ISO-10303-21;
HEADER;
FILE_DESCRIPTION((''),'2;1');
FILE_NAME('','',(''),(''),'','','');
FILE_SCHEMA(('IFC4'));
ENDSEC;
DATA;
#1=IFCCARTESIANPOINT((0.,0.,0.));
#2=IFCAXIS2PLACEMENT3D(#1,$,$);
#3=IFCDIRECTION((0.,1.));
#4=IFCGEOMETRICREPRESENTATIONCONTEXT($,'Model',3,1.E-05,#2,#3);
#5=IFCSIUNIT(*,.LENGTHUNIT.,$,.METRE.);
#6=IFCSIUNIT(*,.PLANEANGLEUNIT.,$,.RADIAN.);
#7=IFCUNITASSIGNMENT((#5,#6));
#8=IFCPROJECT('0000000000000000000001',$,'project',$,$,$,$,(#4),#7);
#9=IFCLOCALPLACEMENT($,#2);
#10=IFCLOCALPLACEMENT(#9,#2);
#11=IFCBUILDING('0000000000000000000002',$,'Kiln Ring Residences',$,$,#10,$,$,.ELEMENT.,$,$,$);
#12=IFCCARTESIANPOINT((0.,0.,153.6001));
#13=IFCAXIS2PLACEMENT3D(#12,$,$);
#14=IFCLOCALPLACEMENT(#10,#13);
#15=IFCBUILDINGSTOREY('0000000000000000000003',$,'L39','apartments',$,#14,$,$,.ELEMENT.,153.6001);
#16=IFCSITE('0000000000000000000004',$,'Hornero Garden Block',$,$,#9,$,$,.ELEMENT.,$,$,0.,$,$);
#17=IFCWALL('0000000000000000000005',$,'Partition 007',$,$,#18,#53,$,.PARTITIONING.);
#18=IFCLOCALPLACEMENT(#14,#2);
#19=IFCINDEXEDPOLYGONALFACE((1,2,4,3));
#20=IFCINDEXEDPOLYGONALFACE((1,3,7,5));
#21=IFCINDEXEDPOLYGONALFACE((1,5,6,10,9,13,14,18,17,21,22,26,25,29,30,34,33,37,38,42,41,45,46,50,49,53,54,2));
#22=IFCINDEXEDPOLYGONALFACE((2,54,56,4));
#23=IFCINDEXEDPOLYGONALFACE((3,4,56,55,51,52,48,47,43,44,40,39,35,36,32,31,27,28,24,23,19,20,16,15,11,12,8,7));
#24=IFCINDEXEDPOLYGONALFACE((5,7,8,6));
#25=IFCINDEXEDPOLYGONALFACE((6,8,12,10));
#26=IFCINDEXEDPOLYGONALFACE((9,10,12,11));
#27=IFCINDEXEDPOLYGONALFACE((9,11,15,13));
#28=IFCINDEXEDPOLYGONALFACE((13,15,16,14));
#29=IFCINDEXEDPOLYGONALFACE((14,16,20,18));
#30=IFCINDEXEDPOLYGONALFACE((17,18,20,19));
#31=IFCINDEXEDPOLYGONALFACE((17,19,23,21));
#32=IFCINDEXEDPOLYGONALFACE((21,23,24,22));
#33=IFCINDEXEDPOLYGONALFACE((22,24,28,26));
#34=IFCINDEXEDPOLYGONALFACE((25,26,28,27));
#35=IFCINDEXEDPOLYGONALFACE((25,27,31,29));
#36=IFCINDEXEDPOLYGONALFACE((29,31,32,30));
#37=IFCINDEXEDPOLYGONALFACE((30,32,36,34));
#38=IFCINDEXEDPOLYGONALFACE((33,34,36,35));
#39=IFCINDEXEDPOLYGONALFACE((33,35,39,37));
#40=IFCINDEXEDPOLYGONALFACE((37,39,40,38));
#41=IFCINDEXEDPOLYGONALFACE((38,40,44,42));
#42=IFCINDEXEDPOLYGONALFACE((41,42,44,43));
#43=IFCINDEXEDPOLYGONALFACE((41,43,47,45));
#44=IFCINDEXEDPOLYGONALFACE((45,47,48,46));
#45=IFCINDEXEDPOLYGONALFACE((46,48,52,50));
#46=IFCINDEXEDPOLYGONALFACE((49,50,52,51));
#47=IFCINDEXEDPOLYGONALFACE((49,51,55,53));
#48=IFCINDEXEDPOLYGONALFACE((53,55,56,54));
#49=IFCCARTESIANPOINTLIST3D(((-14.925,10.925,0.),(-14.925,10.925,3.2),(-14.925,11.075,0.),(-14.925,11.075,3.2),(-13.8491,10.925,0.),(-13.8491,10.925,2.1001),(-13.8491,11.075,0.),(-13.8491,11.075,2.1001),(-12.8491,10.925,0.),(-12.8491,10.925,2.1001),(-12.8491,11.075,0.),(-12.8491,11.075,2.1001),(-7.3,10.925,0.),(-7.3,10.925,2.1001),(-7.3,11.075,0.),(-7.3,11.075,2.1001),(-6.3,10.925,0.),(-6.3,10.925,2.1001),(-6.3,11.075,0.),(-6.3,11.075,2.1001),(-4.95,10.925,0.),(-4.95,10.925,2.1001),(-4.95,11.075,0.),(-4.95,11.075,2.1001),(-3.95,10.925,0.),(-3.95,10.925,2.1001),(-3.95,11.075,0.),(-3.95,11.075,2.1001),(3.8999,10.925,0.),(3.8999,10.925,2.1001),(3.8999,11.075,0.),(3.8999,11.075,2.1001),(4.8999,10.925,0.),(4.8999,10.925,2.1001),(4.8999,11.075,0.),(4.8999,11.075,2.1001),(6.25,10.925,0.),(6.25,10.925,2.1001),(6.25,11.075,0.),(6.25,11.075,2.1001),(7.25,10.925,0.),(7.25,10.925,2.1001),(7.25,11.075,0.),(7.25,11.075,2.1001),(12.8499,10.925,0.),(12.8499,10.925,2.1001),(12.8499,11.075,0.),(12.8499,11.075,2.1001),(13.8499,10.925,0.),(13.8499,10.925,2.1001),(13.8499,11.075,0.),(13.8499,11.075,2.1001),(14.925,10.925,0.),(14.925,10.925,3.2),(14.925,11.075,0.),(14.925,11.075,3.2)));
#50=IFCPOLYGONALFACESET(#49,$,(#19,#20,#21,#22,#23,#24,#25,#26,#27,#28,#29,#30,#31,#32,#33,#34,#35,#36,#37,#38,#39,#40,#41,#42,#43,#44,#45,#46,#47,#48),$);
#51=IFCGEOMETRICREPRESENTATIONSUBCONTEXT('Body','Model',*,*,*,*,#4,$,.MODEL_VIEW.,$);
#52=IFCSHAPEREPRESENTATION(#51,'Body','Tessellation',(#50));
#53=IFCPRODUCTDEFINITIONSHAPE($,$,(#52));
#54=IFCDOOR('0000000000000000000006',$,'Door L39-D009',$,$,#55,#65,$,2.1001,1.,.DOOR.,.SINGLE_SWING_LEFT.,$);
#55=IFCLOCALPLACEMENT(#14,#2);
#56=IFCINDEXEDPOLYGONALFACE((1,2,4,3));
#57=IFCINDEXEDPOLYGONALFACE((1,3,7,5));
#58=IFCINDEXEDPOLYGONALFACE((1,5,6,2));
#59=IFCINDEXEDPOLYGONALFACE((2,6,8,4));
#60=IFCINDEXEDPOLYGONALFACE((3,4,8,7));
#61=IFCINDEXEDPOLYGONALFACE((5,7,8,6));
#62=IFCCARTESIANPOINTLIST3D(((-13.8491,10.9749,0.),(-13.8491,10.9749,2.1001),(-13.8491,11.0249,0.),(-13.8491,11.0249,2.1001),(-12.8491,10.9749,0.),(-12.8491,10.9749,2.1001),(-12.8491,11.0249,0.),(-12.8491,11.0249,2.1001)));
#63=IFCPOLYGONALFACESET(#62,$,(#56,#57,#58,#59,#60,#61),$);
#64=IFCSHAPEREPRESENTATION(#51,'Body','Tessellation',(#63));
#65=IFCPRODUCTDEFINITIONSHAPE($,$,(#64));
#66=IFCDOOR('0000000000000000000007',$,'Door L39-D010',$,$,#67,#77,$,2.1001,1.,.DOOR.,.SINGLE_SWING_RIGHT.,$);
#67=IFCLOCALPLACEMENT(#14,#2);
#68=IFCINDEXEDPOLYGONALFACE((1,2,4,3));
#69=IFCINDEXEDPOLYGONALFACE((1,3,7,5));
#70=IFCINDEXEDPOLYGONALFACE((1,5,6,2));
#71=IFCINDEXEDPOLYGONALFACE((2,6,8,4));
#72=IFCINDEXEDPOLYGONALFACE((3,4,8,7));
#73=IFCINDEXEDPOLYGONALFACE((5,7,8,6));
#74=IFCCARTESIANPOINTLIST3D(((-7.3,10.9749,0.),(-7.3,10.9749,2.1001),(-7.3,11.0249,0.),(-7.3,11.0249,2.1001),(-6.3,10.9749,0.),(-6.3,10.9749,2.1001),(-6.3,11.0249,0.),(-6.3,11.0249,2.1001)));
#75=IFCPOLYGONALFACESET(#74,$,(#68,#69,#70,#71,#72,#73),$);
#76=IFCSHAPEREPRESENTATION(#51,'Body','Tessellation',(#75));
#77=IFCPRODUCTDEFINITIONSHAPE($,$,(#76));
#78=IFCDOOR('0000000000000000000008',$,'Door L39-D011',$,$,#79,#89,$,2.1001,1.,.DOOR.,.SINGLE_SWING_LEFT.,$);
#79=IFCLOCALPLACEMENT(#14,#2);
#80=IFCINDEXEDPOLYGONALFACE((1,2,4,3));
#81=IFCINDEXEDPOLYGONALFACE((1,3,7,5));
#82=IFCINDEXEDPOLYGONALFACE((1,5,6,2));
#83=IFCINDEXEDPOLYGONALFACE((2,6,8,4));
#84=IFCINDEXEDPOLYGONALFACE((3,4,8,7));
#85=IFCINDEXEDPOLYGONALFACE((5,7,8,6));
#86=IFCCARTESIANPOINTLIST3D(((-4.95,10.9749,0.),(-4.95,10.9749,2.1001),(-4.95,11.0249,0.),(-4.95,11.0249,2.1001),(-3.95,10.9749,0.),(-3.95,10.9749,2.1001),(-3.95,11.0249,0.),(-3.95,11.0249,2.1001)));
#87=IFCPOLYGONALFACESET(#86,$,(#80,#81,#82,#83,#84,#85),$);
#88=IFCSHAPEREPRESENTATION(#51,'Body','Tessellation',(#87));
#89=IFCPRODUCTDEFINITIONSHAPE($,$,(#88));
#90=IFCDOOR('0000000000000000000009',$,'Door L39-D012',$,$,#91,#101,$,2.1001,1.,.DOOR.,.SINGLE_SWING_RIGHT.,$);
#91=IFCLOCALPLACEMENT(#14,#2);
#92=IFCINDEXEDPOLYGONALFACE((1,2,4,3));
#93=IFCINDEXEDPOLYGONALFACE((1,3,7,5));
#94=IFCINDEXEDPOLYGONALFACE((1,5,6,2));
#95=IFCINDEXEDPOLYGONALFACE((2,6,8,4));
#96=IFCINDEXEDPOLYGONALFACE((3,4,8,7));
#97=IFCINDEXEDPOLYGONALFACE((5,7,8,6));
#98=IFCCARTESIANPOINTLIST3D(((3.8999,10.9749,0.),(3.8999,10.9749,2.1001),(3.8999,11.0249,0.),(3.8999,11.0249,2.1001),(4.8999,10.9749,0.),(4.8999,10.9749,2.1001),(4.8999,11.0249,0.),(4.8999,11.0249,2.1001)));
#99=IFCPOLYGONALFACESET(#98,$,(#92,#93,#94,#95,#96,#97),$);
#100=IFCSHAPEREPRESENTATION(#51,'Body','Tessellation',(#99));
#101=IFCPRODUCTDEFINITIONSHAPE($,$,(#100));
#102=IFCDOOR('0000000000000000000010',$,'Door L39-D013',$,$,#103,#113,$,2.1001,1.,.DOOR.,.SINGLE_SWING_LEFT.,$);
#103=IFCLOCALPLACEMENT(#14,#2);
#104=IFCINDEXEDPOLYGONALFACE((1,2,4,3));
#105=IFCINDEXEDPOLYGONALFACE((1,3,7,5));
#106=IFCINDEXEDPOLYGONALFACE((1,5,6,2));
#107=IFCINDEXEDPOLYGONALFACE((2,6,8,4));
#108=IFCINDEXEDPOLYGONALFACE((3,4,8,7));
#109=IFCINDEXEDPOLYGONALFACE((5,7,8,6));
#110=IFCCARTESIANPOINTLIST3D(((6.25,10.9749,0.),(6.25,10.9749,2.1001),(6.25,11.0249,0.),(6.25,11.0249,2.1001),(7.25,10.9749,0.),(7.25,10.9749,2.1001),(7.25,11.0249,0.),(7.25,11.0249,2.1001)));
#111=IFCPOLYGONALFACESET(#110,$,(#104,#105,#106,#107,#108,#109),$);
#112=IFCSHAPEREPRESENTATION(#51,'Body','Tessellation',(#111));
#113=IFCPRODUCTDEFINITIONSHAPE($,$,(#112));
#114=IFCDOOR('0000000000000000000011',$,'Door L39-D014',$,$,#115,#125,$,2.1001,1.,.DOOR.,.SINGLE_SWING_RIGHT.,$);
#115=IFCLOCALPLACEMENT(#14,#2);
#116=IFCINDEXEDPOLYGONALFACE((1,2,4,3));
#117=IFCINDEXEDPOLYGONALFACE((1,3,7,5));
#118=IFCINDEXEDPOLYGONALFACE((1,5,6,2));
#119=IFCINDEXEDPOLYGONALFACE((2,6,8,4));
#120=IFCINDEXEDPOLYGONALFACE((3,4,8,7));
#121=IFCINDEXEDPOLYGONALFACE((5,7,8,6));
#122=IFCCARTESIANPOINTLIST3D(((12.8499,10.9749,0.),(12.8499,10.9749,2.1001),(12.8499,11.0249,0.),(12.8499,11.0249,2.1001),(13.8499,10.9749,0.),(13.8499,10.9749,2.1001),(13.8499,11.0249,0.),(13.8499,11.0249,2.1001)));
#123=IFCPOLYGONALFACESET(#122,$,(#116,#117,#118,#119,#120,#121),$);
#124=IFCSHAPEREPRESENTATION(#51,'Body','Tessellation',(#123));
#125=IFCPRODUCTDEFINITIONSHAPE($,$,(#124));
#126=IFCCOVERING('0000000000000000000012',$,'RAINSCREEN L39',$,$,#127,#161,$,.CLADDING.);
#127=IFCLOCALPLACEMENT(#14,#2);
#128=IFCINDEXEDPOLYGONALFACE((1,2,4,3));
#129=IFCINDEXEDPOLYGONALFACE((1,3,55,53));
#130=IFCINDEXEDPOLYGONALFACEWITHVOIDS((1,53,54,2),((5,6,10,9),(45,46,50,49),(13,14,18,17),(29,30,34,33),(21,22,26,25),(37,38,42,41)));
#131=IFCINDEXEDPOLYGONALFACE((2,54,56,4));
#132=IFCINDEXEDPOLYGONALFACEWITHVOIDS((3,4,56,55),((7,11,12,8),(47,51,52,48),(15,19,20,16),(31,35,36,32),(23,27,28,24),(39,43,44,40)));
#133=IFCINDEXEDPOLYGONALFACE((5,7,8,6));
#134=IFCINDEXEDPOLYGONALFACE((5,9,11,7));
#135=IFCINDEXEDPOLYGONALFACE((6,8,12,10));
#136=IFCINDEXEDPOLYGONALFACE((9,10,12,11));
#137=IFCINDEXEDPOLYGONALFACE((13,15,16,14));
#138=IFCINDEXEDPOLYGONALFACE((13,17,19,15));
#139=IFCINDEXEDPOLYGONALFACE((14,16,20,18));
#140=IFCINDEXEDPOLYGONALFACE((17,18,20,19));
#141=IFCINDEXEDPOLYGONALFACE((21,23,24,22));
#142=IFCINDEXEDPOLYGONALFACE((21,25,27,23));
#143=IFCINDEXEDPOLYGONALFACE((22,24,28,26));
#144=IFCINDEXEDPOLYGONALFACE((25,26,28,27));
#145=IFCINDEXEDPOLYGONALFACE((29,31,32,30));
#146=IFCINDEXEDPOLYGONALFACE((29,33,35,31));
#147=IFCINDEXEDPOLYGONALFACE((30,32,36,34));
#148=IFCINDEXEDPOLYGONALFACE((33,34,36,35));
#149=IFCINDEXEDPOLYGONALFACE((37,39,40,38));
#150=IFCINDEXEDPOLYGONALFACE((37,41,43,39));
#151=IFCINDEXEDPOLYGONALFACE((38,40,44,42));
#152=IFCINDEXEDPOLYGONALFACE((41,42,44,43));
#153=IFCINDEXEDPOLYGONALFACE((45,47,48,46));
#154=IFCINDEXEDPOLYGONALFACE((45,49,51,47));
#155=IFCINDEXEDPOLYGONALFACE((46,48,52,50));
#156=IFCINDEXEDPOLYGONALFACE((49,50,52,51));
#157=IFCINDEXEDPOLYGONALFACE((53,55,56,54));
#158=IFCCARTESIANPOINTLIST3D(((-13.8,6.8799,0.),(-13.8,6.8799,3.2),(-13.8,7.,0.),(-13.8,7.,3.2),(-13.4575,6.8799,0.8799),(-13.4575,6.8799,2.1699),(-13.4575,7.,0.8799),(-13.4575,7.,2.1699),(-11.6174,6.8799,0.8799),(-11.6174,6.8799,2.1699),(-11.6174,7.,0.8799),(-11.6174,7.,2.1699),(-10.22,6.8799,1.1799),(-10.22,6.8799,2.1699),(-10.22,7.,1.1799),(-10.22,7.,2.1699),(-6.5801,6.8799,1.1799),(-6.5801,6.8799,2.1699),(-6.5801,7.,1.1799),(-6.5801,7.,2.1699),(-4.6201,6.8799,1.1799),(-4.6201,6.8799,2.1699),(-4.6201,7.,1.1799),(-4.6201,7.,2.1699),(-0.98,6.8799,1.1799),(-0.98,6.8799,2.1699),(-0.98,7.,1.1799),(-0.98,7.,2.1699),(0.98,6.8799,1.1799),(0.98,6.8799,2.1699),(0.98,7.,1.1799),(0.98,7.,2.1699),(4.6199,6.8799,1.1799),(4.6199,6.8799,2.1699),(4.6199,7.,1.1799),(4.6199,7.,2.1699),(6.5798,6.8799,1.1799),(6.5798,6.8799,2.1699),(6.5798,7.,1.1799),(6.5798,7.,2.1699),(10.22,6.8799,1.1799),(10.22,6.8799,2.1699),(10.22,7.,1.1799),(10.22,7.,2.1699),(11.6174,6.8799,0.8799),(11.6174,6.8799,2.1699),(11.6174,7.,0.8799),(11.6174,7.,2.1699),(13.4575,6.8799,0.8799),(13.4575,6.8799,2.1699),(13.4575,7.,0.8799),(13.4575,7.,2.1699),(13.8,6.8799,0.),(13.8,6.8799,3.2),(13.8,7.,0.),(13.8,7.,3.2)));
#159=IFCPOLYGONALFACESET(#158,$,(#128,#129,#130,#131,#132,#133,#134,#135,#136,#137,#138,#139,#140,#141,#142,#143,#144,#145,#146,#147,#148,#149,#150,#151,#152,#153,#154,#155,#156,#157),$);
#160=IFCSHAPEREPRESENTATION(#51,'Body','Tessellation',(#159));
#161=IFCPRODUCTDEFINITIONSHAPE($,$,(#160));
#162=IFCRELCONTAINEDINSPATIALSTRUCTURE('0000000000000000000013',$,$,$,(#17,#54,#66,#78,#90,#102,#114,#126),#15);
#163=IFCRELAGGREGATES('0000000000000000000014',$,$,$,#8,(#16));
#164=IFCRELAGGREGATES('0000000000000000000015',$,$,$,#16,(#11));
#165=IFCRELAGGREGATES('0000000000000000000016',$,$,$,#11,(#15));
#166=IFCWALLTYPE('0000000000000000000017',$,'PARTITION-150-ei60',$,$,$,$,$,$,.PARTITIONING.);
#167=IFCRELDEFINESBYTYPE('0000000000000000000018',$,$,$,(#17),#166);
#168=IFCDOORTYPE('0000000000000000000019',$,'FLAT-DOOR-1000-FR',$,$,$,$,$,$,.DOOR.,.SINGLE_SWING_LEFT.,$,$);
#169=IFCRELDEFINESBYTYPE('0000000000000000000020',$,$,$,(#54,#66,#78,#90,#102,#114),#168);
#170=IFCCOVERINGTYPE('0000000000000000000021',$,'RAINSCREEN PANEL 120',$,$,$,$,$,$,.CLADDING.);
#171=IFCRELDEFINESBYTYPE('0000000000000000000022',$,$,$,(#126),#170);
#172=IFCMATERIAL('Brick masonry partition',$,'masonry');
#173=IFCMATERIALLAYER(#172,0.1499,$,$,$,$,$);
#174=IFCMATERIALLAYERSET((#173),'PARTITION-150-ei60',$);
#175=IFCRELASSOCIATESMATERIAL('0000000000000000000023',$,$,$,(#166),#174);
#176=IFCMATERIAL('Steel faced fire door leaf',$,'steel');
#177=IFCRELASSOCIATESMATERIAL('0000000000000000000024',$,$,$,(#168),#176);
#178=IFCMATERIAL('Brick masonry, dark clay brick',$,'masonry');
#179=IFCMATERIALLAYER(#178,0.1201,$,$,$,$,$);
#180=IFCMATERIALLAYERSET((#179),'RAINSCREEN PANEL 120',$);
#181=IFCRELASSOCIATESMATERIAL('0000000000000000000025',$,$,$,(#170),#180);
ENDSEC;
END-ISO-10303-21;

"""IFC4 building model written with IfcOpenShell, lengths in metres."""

from ifc_helpers import new_model, si_unit, direction, frame, frame_2d, origin, place, context, subcontext, project, spatial, polyline, rectangle, outline, extrude, material, layer, layer_set, type_object, element, fill, save


model = new_model("IFC4")

# Units and contexts
model_context = context("Model", 3, precision=1e-05, world=origin(), true_north=direction((0.0, 1.0)))
body_context = subcontext(model_context, "Body", "Model", "MODEL_VIEW")
ifc_project = project(units=[si_unit("LENGTHUNIT", "METRE"), si_unit("PLANEANGLEUNIT", "RADIAN")], contexts=[model_context])

# Site, building, storey
site_placement = place(None, origin())
site = spatial("IfcSite", under=ifc_project, at=site_placement, Name="Hornero Garden Block", CompositionType="ELEMENT", RefElevation=0.0)
building_placement = place(site_placement, origin())
building = spatial("IfcBuilding", under=site, at=building_placement, Name="Kiln Ring Residences", CompositionType="ELEMENT")
storey_placement = place(building_placement, frame((0.0, 0.0, 153.6001)))
storey = spatial("IfcBuildingStorey", under=building, at=storey_placement, Name="L39", Description="apartments", CompositionType="ELEMENT", Elevation=153.6001)

# Wall, openings, doors
ifc_material_1 = material(Name="Brick masonry partition", Category="masonry")
ifc_layer_1 = layer(ifc_material_1, 0.1499)
ifc_layer_set_1 = layer_set([ifc_layer_1], Name="PARTITION-150-ei60")
wall_type_1 = type_object("IfcWallType", Name="PARTITION-150-ei60", PredefinedType="PARTITIONING", material=ifc_layer_set_1)
wall_1_placement = place(storey_placement, frame((-14.925, 11.0, 0.0), z_axis=(0.0, 0.0, 1.0), x_axis=(1.0, 0.0, 0.0)))
wall_1 = element("IfcWall", 1, at=wall_1_placement, inside=storey, type_object=wall_type_1, Name="Partition 007", PredefinedType="PARTITIONING", context=body_context, shape_type="SweptSolid", body=[
    extrude(rectangle(XDim=29.8501, YDim=0.1499, at=frame_2d((14.925, 0.0))), origin(), (0.0, 0.0, 1.0), 3.2),
])
opening_1_placement = place(wall_1_placement, frame((1.0759, 0.0, 0.0)))
opening_1 = element("IfcOpeningElement", 2, at=opening_1_placement, cuts=wall_1, PredefinedType="OPENING", context=body_context, shape_type="SweptSolid", body=[
    extrude(rectangle(XDim=1.0, YDim=2.1001, at=frame_2d((0.5, 1.05))), frame((0.0, 0.085, 0.0), z_axis=(0.0, -1.0, 0.0), x_axis=(1.0, 0.0, 0.0)), (0.0, 0.0, 1.0), 0.1699),
])
opening_2_placement = place(wall_1_placement, frame((7.625, 0.0, 0.0)))
opening_2 = element("IfcOpeningElement", 3, at=opening_2_placement, cuts=wall_1, PredefinedType="OPENING", context=body_context, shape_type="SweptSolid", body=[
    extrude(rectangle(XDim=1.0, YDim=2.1001, at=frame_2d((0.5, 1.05))), frame((0.0, 0.085, 0.0), z_axis=(0.0, -1.0, 0.0), x_axis=(1.0, 0.0, 0.0)), (0.0, 0.0, 1.0), 0.1699),
])
opening_3_placement = place(wall_1_placement, frame((9.9751, 0.0, 0.0)))
opening_3 = element("IfcOpeningElement", 4, at=opening_3_placement, cuts=wall_1, PredefinedType="OPENING", context=body_context, shape_type="SweptSolid", body=[
    extrude(rectangle(XDim=1.0, YDim=2.1001, at=frame_2d((0.5, 1.05))), frame((0.0, 0.085, 0.0), z_axis=(0.0, -1.0, 0.0), x_axis=(1.0, 0.0, 0.0)), (0.0, 0.0, 1.0), 0.1699),
])
opening_4_placement = place(wall_1_placement, frame((18.825, 0.0, 0.0)))
opening_4 = element("IfcOpeningElement", 5, at=opening_4_placement, cuts=wall_1, PredefinedType="OPENING", context=body_context, shape_type="SweptSolid", body=[
    extrude(rectangle(XDim=1.0, YDim=2.1001, at=frame_2d((0.5, 1.05))), frame((0.0, 0.085, 0.0), z_axis=(0.0, -1.0, 0.0), x_axis=(1.0, 0.0, 0.0)), (0.0, 0.0, 1.0), 0.1699),
])
opening_5_placement = place(wall_1_placement, frame((21.175, 0.0, 0.0)))
opening_5 = element("IfcOpeningElement", 6, at=opening_5_placement, cuts=wall_1, PredefinedType="OPENING", context=body_context, shape_type="SweptSolid", body=[
    extrude(rectangle(XDim=1.0, YDim=2.1001, at=frame_2d((0.5, 1.05))), frame((0.0, 0.085, 0.0), z_axis=(0.0, -1.0, 0.0), x_axis=(1.0, 0.0, 0.0)), (0.0, 0.0, 1.0), 0.1699),
])
opening_6_placement = place(wall_1_placement, frame((27.7749, 0.0, 0.0)))
opening_6 = element("IfcOpeningElement", 7, at=opening_6_placement, cuts=wall_1, PredefinedType="OPENING", context=body_context, shape_type="SweptSolid", body=[
    extrude(rectangle(XDim=1.0, YDim=2.1001, at=frame_2d((0.5, 1.05))), frame((0.0, 0.085, 0.0), z_axis=(0.0, -1.0, 0.0), x_axis=(1.0, 0.0, 0.0)), (0.0, 0.0, 1.0), 0.1699),
])
ifc_material_2 = material(Name="Steel faced fire door leaf", Category="steel")
door_type = type_object("IfcDoorType", Name="FLAT-DOOR-1000-FR", OperationType="SINGLE_SWING_LEFT", PredefinedType="DOOR", material=ifc_material_2)
door_1_placement = place(opening_1_placement, origin())
door_1 = element("IfcDoor", 8, at=door_1_placement, inside=storey, type_object=door_type, Name="Door L39-D009", OperationType="SINGLE_SWING_LEFT", OverallHeight=2.1001, OverallWidth=1.0, PredefinedType="DOOR", context=body_context, shape_type="SweptSolid", body=[
    extrude(rectangle(XDim=1.0, YDim=2.1001, at=frame_2d((0.5, 1.05))), frame((0.0, 0.0249, 0.0), z_axis=(0.0, -1.0, 0.0), x_axis=(1.0, 0.0, 0.0)), (0.0, 0.0, 1.0), 0.05),
])
fill(opening_1, door_1)
door_2_placement = place(opening_2_placement, origin())
door_2 = element("IfcDoor", 9, at=door_2_placement, inside=storey, type_object=door_type, Name="Door L39-D010", OperationType="SINGLE_SWING_RIGHT", OverallHeight=2.1001, OverallWidth=1.0, PredefinedType="DOOR", context=body_context, shape_type="SweptSolid", body=[
    extrude(rectangle(XDim=1.0, YDim=2.1001, at=frame_2d((0.5, 1.05))), frame((0.0, 0.0249, 0.0), z_axis=(0.0, -1.0, 0.0), x_axis=(1.0, 0.0, 0.0)), (0.0, 0.0, 1.0), 0.05),
])
fill(opening_2, door_2)
door_3_placement = place(opening_3_placement, origin())
door_3 = element("IfcDoor", 10, at=door_3_placement, inside=storey, type_object=door_type, Name="Door L39-D011", OperationType="SINGLE_SWING_LEFT", OverallHeight=2.1001, OverallWidth=1.0, PredefinedType="DOOR", context=body_context, shape_type="SweptSolid", body=[
    extrude(rectangle(XDim=1.0, YDim=2.1001, at=frame_2d((0.5, 1.05))), frame((0.0, 0.0249, 0.0), z_axis=(0.0, -1.0, 0.0), x_axis=(1.0, 0.0, 0.0)), (0.0, 0.0, 1.0), 0.05),
])
fill(opening_3, door_3)
door_4_placement = place(opening_4_placement, origin())
door_4 = element("IfcDoor", 11, at=door_4_placement, inside=storey, type_object=door_type, Name="Door L39-D012", OperationType="SINGLE_SWING_RIGHT", OverallHeight=2.1001, OverallWidth=1.0, PredefinedType="DOOR", context=body_context, shape_type="SweptSolid", body=[
    extrude(rectangle(XDim=1.0, YDim=2.1001, at=frame_2d((0.5, 1.05))), frame((0.0, 0.0249, 0.0), z_axis=(0.0, -1.0, 0.0), x_axis=(1.0, 0.0, 0.0)), (0.0, 0.0, 1.0), 0.05),
])
fill(opening_4, door_4)
door_5_placement = place(opening_5_placement, origin())
door_5 = element("IfcDoor", 12, at=door_5_placement, inside=storey, type_object=door_type, Name="Door L39-D013", OperationType="SINGLE_SWING_LEFT", OverallHeight=2.1001, OverallWidth=1.0, PredefinedType="DOOR", context=body_context, shape_type="SweptSolid", body=[
    extrude(rectangle(XDim=1.0, YDim=2.1001, at=frame_2d((0.5, 1.05))), frame((0.0, 0.0249, 0.0), z_axis=(0.0, -1.0, 0.0), x_axis=(1.0, 0.0, 0.0)), (0.0, 0.0, 1.0), 0.05),
])
fill(opening_5, door_5)
door_6_placement = place(opening_6_placement, origin())
door_6 = element("IfcDoor", 13, at=door_6_placement, inside=storey, type_object=door_type, Name="Door L39-D014", OperationType="SINGLE_SWING_RIGHT", OverallHeight=2.1001, OverallWidth=1.0, PredefinedType="DOOR", context=body_context, shape_type="SweptSolid", body=[
    extrude(rectangle(XDim=1.0, YDim=2.1001, at=frame_2d((0.5, 1.05))), frame((0.0, 0.0249, 0.0), z_axis=(0.0, -1.0, 0.0), x_axis=(1.0, 0.0, 0.0)), (0.0, 0.0, 1.0), 0.05),
])
fill(opening_6, door_6)

# Covering
ifc_material_3 = material(Name="Brick masonry, dark clay brick", Category="masonry")
ifc_layer_2 = layer(ifc_material_3, 0.1201)
ifc_layer_set_2 = layer_set([ifc_layer_2], Name="RAINSCREEN PANEL 120")
covering_type = type_object("IfcCoveringType", Name="RAINSCREEN PANEL 120", PredefinedType="CLADDING", material=ifc_layer_set_2)
covering_placement = place(storey_placement, frame((-13.8, 6.9399, 0.0), z_axis=(0.0, 0.0, 1.0), x_axis=(1.0, 0.0, 0.0)))
element("IfcCovering", 14, at=covering_placement, inside=storey, type_object=covering_type, Name="RAINSCREEN L39", PredefinedType="CLADDING", context=body_context, shape_type="SweptSolid", body=[
    extrude(outline(polyline([(0.0, 0.0), (27.6001, 0.0), (27.6001, 3.2), (0.0, 3.2), (0.0, 0.0)]), holes=[polyline([(2.1826, 0.8799), (2.1826, 2.1699), (0.3425, 2.1699), (0.3425, 0.8799), (2.1826, 0.8799)]), polyline([(25.4175, 0.8799), (27.2576, 0.8799), (27.2576, 2.1699), (25.4175, 2.1699), (25.4175, 0.8799)]), polyline([(3.5801, 1.1799), (7.22, 1.1799), (7.22, 2.1699), (3.5801, 2.1699), (3.5801, 1.1799)]), polyline([(12.8201, 1.1799), (12.8201, 2.1699), (9.1799, 2.1699), (9.1799, 1.1799), (12.8201, 1.1799)]), polyline([(14.78, 1.1799), (18.4199, 1.1799), (18.4199, 2.1699), (14.78, 2.1699), (14.78, 1.1799)]), polyline([(20.3799, 1.1799), (24.02, 1.1799), (24.02, 2.1699), (20.3799, 2.1699), (20.3799, 1.1799)])]), frame((0.0, 0.0601, 0.0), z_axis=(0.0, -1.0, 0.0), x_axis=(1.0, 0.0, 0.0)), (0.0, 0.0, 1.0), 0.1201),
])

save(model, "model.ifc")
